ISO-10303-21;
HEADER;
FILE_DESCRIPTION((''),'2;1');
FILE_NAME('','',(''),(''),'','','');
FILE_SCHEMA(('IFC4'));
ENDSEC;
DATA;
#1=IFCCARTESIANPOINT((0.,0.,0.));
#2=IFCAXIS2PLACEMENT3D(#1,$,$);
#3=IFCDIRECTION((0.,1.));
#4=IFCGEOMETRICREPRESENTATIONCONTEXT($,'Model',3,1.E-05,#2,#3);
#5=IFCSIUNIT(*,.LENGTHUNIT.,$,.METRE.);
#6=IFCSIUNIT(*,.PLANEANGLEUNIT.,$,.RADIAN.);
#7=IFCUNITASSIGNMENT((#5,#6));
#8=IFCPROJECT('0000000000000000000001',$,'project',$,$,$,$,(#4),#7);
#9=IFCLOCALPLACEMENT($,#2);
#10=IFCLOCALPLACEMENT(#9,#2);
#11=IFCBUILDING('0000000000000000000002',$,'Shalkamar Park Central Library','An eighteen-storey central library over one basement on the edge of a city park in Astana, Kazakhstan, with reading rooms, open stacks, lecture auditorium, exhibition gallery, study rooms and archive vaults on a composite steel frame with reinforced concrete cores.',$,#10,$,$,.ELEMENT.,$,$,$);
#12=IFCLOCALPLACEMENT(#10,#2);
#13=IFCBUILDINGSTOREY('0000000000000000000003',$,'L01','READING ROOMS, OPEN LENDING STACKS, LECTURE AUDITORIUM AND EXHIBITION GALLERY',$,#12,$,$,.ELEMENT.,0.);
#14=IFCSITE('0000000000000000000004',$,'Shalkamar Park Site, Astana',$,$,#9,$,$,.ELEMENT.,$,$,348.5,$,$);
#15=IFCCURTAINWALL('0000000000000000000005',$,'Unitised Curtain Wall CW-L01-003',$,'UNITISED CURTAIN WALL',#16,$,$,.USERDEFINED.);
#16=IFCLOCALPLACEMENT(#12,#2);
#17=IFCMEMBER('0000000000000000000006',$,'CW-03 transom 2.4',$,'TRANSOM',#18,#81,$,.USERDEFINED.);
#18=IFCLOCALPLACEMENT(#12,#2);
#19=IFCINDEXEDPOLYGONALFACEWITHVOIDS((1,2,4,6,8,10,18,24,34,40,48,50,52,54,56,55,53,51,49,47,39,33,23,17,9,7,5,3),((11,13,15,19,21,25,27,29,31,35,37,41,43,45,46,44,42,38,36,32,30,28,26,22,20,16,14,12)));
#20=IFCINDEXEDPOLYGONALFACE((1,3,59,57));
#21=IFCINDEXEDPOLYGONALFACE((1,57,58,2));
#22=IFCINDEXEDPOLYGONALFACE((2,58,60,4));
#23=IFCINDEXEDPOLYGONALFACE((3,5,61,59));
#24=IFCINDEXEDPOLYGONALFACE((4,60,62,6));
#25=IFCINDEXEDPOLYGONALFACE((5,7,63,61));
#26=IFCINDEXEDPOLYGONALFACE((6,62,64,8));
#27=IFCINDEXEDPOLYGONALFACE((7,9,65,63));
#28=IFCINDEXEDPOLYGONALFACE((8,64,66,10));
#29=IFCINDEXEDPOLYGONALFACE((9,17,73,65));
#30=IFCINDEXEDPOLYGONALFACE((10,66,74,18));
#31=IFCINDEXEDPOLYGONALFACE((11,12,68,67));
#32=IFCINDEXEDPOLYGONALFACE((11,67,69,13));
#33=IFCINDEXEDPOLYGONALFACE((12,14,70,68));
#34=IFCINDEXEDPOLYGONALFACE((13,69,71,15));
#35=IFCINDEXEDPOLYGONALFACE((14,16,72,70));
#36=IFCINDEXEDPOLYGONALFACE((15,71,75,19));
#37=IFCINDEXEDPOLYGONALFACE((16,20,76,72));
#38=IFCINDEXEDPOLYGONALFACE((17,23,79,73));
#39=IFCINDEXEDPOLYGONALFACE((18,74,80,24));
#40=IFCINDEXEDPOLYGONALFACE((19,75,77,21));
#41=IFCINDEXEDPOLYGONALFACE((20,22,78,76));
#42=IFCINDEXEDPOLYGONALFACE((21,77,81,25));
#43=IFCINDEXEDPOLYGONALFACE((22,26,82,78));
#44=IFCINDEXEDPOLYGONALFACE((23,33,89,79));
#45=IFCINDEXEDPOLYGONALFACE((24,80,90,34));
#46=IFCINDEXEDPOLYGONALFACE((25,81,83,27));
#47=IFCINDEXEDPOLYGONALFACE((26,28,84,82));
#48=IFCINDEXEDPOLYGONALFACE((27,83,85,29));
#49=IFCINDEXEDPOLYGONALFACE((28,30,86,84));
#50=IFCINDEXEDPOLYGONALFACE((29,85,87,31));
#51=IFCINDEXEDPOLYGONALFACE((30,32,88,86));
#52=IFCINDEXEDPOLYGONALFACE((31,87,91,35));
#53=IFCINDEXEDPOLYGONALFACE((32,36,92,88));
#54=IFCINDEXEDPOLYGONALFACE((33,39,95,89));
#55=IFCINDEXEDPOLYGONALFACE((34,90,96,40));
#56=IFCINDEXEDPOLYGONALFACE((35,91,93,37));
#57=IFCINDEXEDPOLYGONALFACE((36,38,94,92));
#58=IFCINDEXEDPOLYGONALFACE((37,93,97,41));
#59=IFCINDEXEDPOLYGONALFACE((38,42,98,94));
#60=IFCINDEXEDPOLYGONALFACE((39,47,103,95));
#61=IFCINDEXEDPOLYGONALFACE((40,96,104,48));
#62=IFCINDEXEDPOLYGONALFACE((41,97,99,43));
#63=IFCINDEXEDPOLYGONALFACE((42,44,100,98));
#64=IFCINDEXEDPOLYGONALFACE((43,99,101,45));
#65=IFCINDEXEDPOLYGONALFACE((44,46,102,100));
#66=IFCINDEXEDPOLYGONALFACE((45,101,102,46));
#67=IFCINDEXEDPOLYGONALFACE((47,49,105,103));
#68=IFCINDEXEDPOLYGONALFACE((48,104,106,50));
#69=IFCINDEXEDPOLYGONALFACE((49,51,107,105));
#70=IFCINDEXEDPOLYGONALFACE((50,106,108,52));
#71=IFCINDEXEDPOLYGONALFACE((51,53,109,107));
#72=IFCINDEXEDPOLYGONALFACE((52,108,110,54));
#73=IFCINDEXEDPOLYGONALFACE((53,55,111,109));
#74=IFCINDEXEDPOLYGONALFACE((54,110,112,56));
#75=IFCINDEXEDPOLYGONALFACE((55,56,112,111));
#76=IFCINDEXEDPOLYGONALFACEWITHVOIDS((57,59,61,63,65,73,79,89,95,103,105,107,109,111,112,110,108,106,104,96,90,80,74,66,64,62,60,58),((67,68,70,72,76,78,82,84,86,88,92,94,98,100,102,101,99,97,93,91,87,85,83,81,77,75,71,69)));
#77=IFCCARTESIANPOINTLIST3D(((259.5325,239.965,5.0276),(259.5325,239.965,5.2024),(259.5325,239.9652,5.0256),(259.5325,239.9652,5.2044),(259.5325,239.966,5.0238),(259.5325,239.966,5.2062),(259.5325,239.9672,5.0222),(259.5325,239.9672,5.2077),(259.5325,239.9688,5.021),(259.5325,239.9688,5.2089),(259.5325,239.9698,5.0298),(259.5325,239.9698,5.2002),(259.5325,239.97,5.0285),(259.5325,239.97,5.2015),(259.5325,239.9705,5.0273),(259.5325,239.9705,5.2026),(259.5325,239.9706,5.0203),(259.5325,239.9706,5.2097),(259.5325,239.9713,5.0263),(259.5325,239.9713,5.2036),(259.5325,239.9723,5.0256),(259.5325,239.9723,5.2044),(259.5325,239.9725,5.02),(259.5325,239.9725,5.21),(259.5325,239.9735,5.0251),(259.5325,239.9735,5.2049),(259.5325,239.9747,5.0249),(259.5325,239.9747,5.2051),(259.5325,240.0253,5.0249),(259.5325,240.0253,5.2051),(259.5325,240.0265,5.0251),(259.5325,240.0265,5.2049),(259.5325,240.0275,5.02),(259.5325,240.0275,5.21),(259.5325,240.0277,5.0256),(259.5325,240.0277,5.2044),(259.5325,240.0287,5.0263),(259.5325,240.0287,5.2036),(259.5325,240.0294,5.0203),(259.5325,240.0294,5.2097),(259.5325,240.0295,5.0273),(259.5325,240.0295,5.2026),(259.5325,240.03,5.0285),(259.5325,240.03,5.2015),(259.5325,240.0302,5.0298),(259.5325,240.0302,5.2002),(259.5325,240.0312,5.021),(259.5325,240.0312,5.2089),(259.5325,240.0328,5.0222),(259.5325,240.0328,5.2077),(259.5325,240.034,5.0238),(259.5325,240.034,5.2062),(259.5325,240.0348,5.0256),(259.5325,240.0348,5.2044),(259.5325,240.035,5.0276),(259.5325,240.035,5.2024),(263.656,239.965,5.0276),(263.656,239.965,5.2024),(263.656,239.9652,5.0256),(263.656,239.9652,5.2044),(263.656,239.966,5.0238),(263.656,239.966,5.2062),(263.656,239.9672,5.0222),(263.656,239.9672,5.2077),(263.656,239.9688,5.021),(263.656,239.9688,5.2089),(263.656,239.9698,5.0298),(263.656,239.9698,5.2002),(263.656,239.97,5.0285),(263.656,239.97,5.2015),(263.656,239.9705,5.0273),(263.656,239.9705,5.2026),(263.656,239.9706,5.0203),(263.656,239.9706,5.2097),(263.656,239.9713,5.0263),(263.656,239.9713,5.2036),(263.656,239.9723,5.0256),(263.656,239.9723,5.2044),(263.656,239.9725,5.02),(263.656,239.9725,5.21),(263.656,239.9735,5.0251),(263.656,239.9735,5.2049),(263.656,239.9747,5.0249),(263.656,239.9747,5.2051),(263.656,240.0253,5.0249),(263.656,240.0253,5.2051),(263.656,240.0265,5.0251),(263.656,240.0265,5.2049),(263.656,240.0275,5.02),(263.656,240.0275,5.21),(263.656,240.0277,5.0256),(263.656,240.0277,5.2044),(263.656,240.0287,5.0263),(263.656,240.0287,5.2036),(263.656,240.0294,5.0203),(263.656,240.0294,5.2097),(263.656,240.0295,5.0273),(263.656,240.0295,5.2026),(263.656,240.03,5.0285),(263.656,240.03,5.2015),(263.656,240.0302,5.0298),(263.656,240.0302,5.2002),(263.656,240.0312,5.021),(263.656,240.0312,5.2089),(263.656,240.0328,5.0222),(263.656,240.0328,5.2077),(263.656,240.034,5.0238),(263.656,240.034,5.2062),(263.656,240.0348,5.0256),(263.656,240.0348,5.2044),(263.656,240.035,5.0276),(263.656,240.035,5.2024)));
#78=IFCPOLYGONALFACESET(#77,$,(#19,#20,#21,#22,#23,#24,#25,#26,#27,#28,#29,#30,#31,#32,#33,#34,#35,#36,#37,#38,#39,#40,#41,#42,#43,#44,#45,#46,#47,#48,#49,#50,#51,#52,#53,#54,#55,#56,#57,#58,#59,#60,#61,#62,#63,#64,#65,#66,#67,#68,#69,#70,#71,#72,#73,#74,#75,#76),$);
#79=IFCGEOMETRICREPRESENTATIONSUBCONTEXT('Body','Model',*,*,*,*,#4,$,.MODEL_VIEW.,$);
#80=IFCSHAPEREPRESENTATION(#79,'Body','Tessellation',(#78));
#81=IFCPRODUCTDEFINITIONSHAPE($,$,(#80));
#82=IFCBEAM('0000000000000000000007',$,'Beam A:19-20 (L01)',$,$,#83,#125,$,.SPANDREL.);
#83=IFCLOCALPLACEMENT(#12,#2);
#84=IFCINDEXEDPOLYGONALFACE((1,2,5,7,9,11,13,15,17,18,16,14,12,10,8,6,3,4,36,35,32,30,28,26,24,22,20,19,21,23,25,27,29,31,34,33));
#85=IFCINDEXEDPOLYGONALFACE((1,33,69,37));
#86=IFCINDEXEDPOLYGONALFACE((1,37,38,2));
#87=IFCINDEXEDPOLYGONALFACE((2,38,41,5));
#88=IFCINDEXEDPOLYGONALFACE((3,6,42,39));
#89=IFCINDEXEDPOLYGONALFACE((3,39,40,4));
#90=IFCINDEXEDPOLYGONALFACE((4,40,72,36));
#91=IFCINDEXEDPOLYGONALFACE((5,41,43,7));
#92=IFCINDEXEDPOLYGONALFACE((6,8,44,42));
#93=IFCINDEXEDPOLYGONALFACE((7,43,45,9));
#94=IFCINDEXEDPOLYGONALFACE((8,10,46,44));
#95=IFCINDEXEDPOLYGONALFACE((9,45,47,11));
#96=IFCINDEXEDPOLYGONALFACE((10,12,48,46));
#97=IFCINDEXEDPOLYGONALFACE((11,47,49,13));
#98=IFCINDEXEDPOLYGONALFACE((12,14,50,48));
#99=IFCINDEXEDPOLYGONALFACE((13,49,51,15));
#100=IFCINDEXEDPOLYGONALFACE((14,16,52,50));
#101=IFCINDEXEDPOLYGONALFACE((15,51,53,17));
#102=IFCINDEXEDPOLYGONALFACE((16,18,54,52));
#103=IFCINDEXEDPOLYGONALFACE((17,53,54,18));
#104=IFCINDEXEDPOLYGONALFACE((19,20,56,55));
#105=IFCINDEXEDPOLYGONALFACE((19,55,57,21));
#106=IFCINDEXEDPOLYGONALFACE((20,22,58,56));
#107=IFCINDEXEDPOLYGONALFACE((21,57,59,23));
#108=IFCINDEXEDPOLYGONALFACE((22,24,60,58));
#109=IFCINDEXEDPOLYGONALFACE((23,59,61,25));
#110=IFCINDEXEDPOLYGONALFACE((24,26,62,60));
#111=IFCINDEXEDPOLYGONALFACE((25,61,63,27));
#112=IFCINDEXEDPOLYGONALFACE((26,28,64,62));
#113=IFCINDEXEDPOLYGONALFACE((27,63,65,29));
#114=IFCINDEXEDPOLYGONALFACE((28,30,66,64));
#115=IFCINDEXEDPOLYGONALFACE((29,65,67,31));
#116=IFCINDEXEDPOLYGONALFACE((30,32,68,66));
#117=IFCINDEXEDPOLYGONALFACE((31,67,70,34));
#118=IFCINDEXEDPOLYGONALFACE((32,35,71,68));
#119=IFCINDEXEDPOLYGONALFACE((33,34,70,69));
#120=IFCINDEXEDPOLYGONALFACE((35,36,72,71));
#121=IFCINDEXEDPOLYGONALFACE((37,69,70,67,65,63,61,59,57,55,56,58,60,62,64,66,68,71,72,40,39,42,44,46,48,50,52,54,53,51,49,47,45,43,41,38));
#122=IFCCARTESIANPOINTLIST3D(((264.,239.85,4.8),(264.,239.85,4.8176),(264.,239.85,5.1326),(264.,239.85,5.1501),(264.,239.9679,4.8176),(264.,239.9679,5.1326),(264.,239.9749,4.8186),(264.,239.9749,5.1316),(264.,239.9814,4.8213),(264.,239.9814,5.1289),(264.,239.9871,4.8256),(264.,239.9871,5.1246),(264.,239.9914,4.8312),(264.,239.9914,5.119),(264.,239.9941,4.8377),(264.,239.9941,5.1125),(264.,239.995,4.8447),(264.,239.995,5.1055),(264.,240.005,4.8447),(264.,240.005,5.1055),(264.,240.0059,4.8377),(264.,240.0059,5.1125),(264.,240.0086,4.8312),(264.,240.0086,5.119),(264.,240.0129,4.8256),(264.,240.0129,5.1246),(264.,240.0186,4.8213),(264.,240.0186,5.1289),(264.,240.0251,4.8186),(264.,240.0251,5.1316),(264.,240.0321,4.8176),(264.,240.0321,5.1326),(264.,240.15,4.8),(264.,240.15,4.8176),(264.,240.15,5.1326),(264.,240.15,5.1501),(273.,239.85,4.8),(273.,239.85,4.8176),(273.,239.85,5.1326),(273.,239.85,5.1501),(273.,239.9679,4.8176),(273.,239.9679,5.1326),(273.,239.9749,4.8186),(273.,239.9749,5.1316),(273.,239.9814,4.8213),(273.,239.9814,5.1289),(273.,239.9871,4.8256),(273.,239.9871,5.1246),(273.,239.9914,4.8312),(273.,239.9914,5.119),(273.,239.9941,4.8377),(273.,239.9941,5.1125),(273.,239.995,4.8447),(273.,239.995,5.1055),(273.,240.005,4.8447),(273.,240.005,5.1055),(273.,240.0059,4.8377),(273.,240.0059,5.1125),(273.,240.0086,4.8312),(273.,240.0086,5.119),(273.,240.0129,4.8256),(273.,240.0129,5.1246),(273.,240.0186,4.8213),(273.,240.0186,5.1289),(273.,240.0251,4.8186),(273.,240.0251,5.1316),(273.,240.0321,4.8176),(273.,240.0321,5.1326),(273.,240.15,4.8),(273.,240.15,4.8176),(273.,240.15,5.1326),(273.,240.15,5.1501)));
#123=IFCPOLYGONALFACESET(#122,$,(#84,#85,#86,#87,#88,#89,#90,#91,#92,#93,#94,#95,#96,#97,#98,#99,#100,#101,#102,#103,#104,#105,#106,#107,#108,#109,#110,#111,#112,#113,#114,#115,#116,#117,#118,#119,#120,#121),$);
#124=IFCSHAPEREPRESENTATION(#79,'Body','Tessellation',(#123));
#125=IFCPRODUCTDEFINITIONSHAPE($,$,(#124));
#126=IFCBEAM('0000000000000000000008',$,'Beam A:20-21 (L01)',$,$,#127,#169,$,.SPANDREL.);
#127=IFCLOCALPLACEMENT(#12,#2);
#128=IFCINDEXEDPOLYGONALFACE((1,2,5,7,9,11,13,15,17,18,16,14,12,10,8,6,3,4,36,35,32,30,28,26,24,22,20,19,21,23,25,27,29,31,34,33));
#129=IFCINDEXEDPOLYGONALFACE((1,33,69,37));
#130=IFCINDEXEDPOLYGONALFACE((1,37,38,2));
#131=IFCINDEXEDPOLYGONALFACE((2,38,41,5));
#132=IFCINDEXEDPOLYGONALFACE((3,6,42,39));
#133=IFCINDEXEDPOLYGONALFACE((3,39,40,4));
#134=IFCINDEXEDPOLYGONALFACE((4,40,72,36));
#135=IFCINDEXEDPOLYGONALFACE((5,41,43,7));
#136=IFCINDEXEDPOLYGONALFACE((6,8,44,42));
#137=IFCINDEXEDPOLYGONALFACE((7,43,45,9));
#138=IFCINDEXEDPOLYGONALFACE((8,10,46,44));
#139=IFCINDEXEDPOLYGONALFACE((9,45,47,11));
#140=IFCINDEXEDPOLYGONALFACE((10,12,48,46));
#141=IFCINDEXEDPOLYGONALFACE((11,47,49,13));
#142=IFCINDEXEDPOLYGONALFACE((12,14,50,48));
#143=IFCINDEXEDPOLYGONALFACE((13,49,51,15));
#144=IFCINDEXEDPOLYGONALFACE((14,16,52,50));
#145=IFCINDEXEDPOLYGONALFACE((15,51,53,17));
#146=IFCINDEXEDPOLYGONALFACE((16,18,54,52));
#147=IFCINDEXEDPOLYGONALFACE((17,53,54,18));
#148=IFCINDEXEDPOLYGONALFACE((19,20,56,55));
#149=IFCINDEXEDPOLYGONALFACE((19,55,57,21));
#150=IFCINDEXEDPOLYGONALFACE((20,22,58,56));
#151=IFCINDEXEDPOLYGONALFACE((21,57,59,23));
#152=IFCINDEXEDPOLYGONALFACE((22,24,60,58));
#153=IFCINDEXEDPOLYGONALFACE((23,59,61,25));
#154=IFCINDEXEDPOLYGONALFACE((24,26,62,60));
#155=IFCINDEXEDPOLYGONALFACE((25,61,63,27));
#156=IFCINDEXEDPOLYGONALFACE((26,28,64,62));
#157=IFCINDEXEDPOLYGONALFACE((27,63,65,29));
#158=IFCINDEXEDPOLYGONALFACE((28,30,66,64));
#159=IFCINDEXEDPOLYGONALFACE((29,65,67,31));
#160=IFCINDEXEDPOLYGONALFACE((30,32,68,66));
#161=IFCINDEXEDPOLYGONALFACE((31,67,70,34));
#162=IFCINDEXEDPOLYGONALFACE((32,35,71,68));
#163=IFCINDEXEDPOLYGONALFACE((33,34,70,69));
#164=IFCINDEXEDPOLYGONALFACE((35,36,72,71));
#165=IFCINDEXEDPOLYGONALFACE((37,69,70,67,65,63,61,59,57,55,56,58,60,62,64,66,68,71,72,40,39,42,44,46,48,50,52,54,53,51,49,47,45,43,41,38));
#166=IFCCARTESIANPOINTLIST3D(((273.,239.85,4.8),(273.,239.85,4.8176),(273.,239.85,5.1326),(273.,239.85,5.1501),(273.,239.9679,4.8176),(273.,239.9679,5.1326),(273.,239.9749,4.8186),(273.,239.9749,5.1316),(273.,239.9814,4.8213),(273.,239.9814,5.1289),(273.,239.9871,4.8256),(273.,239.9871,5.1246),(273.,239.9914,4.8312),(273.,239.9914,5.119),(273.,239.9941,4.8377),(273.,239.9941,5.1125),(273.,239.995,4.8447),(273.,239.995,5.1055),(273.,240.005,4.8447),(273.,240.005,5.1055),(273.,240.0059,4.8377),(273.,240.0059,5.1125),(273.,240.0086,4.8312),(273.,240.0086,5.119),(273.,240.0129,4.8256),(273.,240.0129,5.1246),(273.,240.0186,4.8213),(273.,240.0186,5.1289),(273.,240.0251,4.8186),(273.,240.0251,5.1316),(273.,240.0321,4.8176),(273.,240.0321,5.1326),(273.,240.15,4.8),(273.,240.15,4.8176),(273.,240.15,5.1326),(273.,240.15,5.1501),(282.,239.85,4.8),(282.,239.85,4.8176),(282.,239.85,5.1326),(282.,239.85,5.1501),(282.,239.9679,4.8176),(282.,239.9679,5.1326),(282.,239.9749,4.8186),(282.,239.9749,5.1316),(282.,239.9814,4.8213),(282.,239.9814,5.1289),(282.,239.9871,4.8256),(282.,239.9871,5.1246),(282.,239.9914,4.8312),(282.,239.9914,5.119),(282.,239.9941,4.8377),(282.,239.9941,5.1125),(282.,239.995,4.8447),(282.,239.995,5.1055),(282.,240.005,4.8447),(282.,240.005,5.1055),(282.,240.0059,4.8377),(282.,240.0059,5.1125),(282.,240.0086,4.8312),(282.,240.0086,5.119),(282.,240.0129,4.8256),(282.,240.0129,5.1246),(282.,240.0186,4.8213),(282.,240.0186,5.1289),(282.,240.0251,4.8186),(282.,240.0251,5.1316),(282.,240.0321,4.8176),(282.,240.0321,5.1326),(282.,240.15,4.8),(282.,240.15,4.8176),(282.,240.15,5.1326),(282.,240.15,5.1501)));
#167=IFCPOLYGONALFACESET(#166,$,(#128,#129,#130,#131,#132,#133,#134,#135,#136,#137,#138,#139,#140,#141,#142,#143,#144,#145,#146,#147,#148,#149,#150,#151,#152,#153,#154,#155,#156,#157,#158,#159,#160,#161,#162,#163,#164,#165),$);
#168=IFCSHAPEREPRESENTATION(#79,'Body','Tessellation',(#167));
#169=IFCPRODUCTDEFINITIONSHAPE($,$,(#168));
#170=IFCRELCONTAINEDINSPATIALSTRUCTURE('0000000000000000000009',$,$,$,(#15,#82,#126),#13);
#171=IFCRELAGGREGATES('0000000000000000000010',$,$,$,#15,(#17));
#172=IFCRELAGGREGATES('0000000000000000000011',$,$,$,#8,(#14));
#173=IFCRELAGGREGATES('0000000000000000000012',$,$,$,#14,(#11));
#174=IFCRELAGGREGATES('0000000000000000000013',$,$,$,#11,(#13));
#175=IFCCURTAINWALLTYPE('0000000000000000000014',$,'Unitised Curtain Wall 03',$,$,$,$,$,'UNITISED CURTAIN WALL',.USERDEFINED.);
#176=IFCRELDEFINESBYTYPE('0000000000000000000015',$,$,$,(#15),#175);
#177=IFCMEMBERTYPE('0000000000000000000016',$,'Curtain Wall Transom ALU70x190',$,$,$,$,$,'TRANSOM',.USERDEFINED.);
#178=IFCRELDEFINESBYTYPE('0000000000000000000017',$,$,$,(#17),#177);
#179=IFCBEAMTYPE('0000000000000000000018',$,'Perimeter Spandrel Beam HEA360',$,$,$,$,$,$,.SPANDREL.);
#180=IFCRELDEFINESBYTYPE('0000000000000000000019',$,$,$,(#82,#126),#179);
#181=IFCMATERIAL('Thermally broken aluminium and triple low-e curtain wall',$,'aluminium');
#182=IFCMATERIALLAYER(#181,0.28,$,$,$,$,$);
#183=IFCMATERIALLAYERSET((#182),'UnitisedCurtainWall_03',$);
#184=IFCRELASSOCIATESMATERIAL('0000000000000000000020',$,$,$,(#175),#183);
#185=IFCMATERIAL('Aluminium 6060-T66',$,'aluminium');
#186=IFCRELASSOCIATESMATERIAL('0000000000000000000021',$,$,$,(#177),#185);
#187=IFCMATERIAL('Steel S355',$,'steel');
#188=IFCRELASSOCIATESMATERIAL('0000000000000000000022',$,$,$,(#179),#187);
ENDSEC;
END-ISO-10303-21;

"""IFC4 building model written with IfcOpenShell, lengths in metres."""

from ifc_helpers import new_model, si_unit, direction, frame, origin, origin_2d, place, context, subcontext, project, spatial, hollow_rectangle, i_section, extrude, material, layer, layer_set, material_profile, profile_set, type_object, element, aggregate, save


model = new_model("IFC4")

# Units and contexts
model_context = context("Model", 3, precision=1e-05, world=origin(), true_north=direction((0.0, 1.0)))
body_context = subcontext(model_context, "Body", "Model", "MODEL_VIEW")
ifc_project = project(units=[si_unit("LENGTHUNIT", "METRE"), si_unit("PLANEANGLEUNIT", "RADIAN")], contexts=[model_context])

# Site, building, storey
site_placement = place(None, origin())
site = spatial("IfcSite", under=ifc_project, at=site_placement, Name="Shalkamar Park Site, Astana", CompositionType="ELEMENT", RefElevation=348.5)
building_placement = place(site_placement, origin())
building = spatial("IfcBuilding", under=site, at=building_placement, Name="Shalkamar Park Central Library", Description="An eighteen-storey central library over one basement on the edge of a city park in Astana, Kazakhstan, with reading rooms, open stacks, lecture auditorium, exhibition gallery, study rooms and archive vaults on a composite steel frame with reinforced concrete cores.", CompositionType="ELEMENT")
storey_placement = place(building_placement, origin())
storey = spatial("IfcBuildingStorey", under=building, at=storey_placement, Name="L01", Description="READING ROOMS, OPEN LENDING STACKS, LECTURE AUDITORIUM AND EXHIBITION GALLERY", CompositionType="ELEMENT", Elevation=0.0)

# Shared definitions
ifc_material_1 = material(Name="Steel S355", Category="steel")

# Curtain wall, member
ifc_material_2 = material(Name="Thermally broken aluminium and triple low-e curtain wall", Category="aluminium")
ifc_layer_1 = layer(ifc_material_2, 0.28)
ifc_layer_set_1 = layer_set([ifc_layer_1], Name="UnitisedCurtainWall_03")
curtain_wall_type = type_object("IfcCurtainWallType", Name="Unitised Curtain Wall 03", ElementType="UNITISED CURTAIN WALL", PredefinedType="USERDEFINED", material=ifc_layer_set_1)
curtain_wall_placement = place(storey_placement, origin())
curtain_wall = element("IfcCurtainWall", 1, at=curtain_wall_placement, inside=storey, type_object=curtain_wall_type, Name="Unitised Curtain Wall CW-L01-003", ObjectType="UNITISED CURTAIN WALL", PredefinedType="USERDEFINED")
ifc_material_3 = material(Name="Aluminium 6060-T66", Category="aluminium")
ifc_material_profile_1 = material_profile(ifc_material_3, hollow_rectangle(XDim=0.0701, YDim=0.1899, WallThickness=0.0049, InnerFilletRadius=0.0049, OuterFilletRadius=0.0076, at=origin_2d()), Name="ALU 70x190x5")
ifc_profile_set_1 = profile_set([ifc_material_profile_1], Name="Aluminium 6060-T66")
member_type_1 = type_object("IfcMemberType", Name="Curtain Wall Transom ALU70x190", ElementType="TRANSOM", PredefinedType="USERDEFINED", material=ifc_profile_set_1)
member_1_placement = place(storey_placement, frame((259.5325, 240.0, 5.115), z_axis=(1.0, 0.0, 0.0), x_axis=(0.0, 1.0, 0.0)))
member_1 = element("IfcMember", 2, at=member_1_placement, type_object=member_type_1, Name="CW-03 transom 2.4", ObjectType="TRANSOM", PredefinedType="USERDEFINED", context=body_context, shape_type="SweptSolid", body=[
    extrude(hollow_rectangle(XDim=0.0701, YDim=0.1899, WallThickness=0.0049, InnerFilletRadius=0.0049, OuterFilletRadius=0.0076, at=origin_2d()), origin(), (0.0, 0.0, 1.0), 4.1235),
])

# Beams
ifc_material_profile_2 = material_profile(ifc_material_1, i_section(OverallWidth=0.3, OverallDepth=0.3501, WebThickness=0.01, FlangeThickness=0.0176, FilletRadius=0.0271, at=origin_2d()), Name="HEA 360")
ifc_profile_set_2 = profile_set([ifc_material_profile_2], Name="Steel S355")
beam_type_1 = type_object("IfcBeamType", Name="Perimeter Spandrel Beam HEA360", PredefinedType="SPANDREL", material=ifc_profile_set_2)
for number, where, z_axis, x_axis, name in (
    (3, (264.0, 240.0, 4.9751), (1.0, 0.0, 0.0), (0.0, 1.0, 0.0), "Beam A:19-20 (L01)"),
    (4, (273.0, 240.0, 4.9751), (1.0, 0.0, 0.0), (0.0, 1.0, 0.0), "Beam A:20-21 (L01)"),
):
    element("IfcBeam", number, at=place(storey_placement, frame(where, z_axis=z_axis, x_axis=x_axis)), inside=storey, type_object=beam_type_1, Name=name, PredefinedType="SPANDREL", context=body_context, shape_type="SweptSolid", body=[
        extrude(i_section(OverallWidth=0.3, OverallDepth=0.3501, WebThickness=0.01, FlangeThickness=0.0176, FilletRadius=0.0271, at=origin_2d()), origin(), (0.0, 0.0, 1.0), 9.0),
    ])

aggregate(curtain_wall, [member_1])

save(model, "model.ifc")
